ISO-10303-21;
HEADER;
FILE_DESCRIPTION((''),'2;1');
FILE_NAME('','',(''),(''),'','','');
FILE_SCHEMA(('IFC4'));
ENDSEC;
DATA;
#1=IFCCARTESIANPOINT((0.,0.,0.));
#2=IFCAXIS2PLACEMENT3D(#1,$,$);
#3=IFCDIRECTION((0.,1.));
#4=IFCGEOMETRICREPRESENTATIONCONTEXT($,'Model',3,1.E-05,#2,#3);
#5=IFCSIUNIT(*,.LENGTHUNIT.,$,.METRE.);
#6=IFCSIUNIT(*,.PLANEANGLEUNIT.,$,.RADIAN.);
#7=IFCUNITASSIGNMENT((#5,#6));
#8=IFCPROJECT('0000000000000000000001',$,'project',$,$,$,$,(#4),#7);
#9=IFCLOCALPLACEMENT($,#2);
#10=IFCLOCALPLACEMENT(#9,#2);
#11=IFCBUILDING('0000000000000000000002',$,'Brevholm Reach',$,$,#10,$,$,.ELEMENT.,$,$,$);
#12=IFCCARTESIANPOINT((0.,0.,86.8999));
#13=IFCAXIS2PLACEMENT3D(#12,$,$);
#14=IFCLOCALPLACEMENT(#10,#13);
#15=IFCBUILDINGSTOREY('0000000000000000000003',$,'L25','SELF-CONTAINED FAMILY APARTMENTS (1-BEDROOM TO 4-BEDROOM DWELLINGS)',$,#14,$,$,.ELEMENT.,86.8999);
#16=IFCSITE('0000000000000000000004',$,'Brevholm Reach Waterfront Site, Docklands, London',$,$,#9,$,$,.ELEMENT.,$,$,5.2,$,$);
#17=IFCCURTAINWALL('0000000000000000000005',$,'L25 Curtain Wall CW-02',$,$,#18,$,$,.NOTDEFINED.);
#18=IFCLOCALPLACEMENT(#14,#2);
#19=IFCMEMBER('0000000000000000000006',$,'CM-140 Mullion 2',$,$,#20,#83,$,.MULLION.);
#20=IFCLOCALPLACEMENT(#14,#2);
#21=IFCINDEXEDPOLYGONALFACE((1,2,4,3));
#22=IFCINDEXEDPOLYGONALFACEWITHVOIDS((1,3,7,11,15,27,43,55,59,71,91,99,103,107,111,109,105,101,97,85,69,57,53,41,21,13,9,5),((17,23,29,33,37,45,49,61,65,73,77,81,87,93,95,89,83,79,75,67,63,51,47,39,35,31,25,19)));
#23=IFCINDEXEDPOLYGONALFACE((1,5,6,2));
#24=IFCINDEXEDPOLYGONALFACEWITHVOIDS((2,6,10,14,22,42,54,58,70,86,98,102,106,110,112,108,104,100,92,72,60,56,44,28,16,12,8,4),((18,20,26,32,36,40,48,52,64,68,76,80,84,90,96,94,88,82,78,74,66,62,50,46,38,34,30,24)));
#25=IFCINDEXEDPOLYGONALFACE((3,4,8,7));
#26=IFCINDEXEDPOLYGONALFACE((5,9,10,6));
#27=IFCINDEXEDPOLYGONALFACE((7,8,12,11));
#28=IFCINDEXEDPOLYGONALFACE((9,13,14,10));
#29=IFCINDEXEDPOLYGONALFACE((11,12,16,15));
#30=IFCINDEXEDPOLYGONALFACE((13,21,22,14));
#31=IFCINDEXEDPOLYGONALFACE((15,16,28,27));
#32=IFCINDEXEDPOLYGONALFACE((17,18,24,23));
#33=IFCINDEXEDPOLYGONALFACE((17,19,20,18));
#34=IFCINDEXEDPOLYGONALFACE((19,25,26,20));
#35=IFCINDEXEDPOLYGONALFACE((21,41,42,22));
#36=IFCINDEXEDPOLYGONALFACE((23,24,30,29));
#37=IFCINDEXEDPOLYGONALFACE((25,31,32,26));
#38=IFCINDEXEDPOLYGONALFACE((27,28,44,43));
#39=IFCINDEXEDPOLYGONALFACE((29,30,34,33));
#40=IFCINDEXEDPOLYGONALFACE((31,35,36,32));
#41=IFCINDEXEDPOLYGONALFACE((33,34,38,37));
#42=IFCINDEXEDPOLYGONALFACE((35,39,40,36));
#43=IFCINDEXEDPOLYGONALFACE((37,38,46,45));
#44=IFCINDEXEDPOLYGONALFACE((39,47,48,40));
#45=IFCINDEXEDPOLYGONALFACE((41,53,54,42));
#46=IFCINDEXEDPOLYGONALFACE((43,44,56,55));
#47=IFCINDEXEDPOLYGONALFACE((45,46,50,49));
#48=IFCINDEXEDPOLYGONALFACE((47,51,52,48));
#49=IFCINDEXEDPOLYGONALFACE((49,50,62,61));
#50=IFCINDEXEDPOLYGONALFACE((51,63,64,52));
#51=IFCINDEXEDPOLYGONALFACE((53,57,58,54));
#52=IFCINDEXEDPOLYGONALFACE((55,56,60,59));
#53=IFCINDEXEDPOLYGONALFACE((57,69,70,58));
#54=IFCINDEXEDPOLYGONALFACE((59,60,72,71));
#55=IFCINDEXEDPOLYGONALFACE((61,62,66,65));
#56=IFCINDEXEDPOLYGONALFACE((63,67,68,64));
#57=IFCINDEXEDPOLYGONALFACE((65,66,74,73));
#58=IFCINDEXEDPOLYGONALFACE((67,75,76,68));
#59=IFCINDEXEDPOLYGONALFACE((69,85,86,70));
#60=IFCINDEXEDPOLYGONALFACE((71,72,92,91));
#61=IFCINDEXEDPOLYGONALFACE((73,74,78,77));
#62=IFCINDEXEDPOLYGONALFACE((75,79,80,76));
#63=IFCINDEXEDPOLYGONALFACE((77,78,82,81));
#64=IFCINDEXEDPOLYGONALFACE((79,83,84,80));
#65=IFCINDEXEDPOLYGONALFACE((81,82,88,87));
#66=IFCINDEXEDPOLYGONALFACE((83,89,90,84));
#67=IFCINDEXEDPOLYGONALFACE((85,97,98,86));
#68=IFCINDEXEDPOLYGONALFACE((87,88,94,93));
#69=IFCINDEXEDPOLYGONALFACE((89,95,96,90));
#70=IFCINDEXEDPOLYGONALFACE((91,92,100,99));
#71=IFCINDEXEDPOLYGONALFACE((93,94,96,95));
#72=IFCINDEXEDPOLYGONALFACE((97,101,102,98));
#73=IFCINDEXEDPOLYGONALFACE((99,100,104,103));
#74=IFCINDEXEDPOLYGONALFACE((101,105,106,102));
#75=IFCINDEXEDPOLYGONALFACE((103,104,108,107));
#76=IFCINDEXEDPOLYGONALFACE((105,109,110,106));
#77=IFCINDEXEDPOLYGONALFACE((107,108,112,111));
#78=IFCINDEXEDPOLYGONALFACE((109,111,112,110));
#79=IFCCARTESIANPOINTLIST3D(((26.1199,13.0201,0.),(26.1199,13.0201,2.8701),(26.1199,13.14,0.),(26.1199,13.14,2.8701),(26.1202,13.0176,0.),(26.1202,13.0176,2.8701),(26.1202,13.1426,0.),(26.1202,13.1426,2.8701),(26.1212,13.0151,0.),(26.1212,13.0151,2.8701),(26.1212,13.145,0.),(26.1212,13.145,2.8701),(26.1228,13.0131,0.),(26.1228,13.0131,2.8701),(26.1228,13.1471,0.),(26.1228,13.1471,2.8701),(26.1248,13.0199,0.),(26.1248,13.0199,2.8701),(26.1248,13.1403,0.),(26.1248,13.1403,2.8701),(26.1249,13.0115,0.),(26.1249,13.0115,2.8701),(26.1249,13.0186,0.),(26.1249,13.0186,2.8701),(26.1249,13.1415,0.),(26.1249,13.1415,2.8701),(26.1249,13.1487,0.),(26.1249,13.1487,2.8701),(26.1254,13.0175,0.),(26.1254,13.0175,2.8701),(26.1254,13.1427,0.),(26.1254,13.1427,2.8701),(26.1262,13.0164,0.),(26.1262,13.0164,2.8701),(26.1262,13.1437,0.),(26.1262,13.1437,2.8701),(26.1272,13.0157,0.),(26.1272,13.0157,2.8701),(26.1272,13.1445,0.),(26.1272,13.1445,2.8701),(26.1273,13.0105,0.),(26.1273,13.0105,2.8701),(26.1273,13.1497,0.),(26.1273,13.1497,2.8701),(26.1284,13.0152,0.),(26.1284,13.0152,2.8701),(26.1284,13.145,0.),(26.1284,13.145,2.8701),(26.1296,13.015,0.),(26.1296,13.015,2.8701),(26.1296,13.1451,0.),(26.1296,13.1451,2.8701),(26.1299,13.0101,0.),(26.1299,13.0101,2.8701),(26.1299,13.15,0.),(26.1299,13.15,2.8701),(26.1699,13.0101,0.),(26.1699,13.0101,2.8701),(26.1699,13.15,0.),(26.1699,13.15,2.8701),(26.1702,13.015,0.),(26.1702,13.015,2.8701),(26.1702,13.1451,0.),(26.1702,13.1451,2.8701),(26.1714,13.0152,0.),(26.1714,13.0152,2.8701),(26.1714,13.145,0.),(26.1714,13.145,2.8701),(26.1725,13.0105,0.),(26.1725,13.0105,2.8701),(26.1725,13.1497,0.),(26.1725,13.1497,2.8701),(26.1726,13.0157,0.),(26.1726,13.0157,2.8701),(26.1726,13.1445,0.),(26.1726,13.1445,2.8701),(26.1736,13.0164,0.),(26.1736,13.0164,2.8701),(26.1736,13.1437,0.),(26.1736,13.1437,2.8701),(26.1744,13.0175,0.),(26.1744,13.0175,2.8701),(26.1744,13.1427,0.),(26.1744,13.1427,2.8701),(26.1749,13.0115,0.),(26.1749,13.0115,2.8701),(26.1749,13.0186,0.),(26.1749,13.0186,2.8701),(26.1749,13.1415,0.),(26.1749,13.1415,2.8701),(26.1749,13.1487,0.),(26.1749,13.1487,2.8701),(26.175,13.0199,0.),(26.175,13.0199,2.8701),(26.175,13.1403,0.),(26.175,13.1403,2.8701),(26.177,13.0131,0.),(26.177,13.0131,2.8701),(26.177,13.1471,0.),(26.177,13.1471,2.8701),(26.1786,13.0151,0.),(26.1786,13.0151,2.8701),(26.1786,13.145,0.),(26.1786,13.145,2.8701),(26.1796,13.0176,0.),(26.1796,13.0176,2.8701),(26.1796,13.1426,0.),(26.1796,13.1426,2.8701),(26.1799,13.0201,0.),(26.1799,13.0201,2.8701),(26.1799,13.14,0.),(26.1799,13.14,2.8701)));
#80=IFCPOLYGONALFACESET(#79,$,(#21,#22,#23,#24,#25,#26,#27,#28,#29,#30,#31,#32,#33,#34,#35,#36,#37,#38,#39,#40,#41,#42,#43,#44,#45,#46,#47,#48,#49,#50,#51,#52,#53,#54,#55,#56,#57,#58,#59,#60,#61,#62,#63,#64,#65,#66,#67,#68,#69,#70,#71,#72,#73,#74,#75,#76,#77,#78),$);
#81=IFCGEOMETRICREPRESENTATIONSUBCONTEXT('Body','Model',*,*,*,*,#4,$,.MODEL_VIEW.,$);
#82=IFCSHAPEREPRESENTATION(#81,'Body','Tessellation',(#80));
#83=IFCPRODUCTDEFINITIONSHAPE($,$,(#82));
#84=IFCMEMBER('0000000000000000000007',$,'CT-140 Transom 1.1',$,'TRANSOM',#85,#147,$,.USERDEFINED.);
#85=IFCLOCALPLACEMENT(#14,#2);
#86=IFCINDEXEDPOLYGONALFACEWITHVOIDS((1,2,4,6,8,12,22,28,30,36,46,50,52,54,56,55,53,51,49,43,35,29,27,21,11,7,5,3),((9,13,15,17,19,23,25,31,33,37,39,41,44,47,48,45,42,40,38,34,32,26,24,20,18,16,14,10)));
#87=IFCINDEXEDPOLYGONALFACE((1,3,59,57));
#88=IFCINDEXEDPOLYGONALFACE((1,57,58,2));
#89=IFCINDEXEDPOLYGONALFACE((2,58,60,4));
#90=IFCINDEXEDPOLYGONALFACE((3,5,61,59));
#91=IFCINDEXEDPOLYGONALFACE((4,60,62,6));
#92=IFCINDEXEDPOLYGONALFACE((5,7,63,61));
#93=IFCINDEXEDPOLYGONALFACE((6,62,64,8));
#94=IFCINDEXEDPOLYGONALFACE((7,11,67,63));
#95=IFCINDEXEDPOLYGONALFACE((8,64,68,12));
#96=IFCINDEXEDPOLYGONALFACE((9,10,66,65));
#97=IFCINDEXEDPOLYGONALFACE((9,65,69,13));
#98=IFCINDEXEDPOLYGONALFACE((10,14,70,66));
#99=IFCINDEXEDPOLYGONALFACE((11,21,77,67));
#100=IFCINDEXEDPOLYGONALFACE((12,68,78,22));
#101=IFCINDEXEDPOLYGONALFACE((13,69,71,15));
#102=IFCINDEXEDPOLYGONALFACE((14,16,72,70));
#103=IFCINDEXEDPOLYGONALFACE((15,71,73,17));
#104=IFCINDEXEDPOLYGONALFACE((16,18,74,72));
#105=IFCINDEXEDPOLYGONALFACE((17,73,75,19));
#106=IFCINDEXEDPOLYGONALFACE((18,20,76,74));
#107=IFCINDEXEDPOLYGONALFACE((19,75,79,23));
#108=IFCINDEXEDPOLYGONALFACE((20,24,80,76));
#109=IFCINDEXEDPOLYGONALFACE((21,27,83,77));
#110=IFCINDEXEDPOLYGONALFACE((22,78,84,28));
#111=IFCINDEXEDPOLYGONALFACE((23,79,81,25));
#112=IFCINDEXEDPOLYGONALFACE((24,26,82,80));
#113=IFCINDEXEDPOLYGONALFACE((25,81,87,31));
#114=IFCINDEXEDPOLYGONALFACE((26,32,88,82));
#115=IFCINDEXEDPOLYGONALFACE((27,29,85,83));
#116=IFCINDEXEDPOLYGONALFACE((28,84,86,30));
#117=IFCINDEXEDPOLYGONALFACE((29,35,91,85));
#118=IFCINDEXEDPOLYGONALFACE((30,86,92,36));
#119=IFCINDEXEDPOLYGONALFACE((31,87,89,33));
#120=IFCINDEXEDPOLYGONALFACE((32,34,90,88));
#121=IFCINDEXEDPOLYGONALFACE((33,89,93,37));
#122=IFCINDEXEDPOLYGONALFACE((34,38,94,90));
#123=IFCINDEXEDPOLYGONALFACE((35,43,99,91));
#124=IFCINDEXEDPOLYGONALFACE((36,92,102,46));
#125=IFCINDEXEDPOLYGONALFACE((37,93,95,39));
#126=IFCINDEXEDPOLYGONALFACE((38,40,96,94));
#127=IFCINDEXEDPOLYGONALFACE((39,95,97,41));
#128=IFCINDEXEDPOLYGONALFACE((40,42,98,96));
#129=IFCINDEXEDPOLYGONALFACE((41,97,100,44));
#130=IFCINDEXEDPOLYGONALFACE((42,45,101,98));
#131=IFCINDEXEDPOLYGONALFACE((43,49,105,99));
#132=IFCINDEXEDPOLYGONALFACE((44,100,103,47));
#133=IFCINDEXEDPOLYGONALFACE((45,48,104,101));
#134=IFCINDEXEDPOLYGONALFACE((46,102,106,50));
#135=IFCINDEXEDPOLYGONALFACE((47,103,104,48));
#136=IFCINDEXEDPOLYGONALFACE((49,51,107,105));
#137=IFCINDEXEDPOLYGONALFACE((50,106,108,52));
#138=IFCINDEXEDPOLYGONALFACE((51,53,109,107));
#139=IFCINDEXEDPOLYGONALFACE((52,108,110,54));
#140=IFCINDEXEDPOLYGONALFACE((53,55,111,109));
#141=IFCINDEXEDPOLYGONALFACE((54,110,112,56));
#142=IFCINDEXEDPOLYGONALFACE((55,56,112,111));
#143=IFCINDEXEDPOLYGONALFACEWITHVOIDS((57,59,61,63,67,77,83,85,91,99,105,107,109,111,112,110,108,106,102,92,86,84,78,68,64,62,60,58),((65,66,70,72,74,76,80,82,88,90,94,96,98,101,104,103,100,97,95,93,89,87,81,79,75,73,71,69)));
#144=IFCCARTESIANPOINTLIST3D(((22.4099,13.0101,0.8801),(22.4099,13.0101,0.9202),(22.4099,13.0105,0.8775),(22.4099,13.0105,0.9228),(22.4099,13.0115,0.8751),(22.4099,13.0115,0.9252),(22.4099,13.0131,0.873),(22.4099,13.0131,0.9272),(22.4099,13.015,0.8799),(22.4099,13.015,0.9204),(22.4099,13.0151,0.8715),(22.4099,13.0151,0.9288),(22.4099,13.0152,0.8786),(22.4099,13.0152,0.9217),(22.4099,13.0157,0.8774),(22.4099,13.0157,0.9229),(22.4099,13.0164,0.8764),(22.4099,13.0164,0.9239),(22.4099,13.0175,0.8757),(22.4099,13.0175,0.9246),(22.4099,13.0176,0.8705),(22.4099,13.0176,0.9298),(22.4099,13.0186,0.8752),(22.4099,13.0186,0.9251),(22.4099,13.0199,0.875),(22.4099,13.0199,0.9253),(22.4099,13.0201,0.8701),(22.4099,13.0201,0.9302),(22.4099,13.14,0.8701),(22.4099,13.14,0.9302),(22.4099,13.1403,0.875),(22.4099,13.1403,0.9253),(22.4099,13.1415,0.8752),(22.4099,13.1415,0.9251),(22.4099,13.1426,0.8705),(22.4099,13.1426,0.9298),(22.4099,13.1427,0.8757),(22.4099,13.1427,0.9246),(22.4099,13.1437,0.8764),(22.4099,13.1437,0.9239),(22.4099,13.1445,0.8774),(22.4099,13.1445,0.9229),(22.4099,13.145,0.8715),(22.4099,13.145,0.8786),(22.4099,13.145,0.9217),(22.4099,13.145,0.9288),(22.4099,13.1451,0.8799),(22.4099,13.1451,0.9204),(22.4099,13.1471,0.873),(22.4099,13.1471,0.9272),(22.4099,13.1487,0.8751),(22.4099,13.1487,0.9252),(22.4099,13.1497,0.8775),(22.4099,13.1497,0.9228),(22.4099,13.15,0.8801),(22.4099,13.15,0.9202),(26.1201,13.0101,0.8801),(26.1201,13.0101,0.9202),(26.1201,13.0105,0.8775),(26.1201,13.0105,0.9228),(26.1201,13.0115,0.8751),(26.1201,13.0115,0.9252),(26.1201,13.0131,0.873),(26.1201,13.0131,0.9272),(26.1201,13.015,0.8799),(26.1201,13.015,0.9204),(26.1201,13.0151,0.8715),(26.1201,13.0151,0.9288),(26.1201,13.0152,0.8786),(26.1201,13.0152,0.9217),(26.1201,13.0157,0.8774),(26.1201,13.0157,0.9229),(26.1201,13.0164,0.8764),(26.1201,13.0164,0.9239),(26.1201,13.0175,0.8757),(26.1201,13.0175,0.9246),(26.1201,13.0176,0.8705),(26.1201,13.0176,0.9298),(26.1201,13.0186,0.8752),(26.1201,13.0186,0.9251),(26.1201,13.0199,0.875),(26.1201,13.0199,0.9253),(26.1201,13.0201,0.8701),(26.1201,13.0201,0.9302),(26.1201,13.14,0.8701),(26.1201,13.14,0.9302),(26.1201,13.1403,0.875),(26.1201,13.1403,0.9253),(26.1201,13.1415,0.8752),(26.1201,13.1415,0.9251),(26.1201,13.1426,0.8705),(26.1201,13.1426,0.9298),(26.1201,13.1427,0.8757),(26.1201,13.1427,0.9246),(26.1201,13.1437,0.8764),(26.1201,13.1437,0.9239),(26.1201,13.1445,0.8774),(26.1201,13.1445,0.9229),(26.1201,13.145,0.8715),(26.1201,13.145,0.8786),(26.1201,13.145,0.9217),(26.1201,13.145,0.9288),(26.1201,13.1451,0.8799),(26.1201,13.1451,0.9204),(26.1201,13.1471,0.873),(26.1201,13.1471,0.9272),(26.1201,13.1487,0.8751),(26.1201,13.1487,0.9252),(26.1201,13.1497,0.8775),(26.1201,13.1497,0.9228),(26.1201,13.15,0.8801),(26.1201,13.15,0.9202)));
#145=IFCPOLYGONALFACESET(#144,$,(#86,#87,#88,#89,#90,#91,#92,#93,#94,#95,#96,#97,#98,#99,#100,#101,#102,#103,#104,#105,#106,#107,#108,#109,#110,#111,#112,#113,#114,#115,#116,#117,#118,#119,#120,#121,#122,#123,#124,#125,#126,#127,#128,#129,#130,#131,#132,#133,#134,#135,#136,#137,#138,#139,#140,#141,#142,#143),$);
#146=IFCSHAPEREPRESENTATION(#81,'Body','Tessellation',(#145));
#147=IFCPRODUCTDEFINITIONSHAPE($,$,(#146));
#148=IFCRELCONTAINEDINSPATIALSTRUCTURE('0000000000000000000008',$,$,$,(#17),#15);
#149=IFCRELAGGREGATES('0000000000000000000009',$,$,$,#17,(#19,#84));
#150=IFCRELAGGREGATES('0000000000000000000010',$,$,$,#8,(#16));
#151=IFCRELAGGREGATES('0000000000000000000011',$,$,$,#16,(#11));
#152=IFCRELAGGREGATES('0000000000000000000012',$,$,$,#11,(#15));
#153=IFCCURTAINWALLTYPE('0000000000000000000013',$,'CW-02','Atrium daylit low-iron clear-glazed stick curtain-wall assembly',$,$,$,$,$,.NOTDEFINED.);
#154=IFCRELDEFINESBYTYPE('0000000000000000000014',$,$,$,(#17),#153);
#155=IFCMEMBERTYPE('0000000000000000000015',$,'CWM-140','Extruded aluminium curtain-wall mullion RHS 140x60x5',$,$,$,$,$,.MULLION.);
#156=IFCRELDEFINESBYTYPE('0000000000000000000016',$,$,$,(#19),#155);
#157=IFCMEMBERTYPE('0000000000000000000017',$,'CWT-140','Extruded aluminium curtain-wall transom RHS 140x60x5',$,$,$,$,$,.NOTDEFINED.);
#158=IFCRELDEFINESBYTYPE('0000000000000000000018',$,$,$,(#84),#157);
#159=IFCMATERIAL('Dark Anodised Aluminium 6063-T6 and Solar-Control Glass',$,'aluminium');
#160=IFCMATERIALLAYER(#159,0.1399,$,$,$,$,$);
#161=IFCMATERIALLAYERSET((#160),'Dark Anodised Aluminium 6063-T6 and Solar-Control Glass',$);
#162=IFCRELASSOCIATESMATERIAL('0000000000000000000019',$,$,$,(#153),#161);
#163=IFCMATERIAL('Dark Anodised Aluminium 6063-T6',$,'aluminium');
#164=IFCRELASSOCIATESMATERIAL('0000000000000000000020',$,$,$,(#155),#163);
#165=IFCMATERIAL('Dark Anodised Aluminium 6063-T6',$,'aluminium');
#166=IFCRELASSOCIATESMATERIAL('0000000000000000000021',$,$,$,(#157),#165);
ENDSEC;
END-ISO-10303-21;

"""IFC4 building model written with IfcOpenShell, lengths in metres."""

from ifc_helpers import new_model, si_unit, direction, frame, origin, origin_2d, place, context, subcontext, project, spatial, hollow_rectangle, extrude, material, layer, layer_set, material_profile, profile_set, type_object, element, aggregate, save


model = new_model("IFC4")

# Units and contexts
model_context = context("Model", 3, precision=1e-05, world=origin(), true_north=direction((0.0, 1.0)))
body_context = subcontext(model_context, "Body", "Model", "MODEL_VIEW")
ifc_project = project(units=[si_unit("LENGTHUNIT", "METRE"), si_unit("PLANEANGLEUNIT", "RADIAN")], contexts=[model_context])

# Site, building, storey
site_placement = place(None, origin())
site = spatial("IfcSite", under=ifc_project, at=site_placement, Name="Brevholm Reach Waterfront Site, Docklands, London", CompositionType="ELEMENT", RefElevation=5.2)
building_placement = place(site_placement, origin())
building = spatial("IfcBuilding", under=site, at=building_placement, Name="Brevholm Reach", CompositionType="ELEMENT")
storey_placement = place(building_placement, frame((0.0, 0.0, 86.8999)))
storey = spatial("IfcBuildingStorey", under=building, at=storey_placement, Name="L25", Description="SELF-CONTAINED FAMILY APARTMENTS (1-BEDROOM TO 4-BEDROOM DWELLINGS)", CompositionType="ELEMENT", Elevation=86.8999)

# Curtain wall, members
ifc_material_1 = material(Name="Dark Anodised Aluminium 6063-T6 and Solar-Control Glass", Category="aluminium")
ifc_layer_1 = layer(ifc_material_1, 0.1399)
ifc_layer_set_1 = layer_set([ifc_layer_1], Name="Dark Anodised Aluminium 6063-T6 and Solar-Control Glass")
curtain_wall_type = type_object("IfcCurtainWallType", Name="CW-02", Description="Atrium daylit low-iron clear-glazed stick curtain-wall assembly", PredefinedType="NOTDEFINED", material=ifc_layer_set_1)
curtain_wall_placement = place(storey_placement, origin())
curtain_wall = element("IfcCurtainWall", 1, at=curtain_wall_placement, inside=storey, type_object=curtain_wall_type, Name="L25 Curtain Wall CW-02", PredefinedType="NOTDEFINED")
ifc_material_2 = material(Name="Dark Anodised Aluminium 6063-T6", Category="aluminium")
ifc_material_profile_1 = material_profile(ifc_material_2, hollow_rectangle(XDim=0.0601, YDim=0.1399, WallThickness=0.0049, InnerFilletRadius=0.0049, OuterFilletRadius=0.01, at=origin_2d()), Name="RHS 140x60x5")
ifc_profile_set_1 = profile_set([ifc_material_profile_1], Name="Dark Anodised Aluminium 6063-T6")
member_type_1 = type_object("IfcMemberType", Name="CWM-140", Description="Extruded aluminium curtain-wall mullion RHS 140x60x5", PredefinedType="MULLION", material=ifc_profile_set_1)
member_1_placement = place(storey_placement, frame((26.1499, 13.0801, 0.0), z_axis=(0.0, 0.0, 1.0), x_axis=(1.0, 0.0, 0.0)))
member_1 = element("IfcMember", 2, at=member_1_placement, type_object=member_type_1, Name="CM-140 Mullion 2", PredefinedType="MULLION", context=body_context, shape_type="SweptSolid", body=[
    extrude(hollow_rectangle(XDim=0.0601, YDim=0.1399, WallThickness=0.0049, InnerFilletRadius=0.0049, OuterFilletRadius=0.01, at=origin_2d()), origin(), (0.0, 0.0, 1.0), 2.8701),
])
ifc_material_3 = material(Name="Dark Anodised Aluminium 6063-T6", Category="aluminium")
ifc_material_profile_2 = material_profile(ifc_material_3, hollow_rectangle(XDim=0.0601, YDim=0.1399, WallThickness=0.0049, InnerFilletRadius=0.0049, OuterFilletRadius=0.01, at=origin_2d()), Name="RHS 140x60x5")
ifc_profile_set_2 = profile_set([ifc_material_profile_2], Name="Dark Anodised Aluminium 6063-T6")
member_type_2 = type_object("IfcMemberType", Name="CWT-140", Description="Extruded aluminium curtain-wall transom RHS 140x60x5", PredefinedType="NOTDEFINED", material=ifc_profile_set_2)
member_2_placement = place(storey_placement, frame((22.4099, 13.0801, 0.9001), z_axis=(1.0, 0.0, 0.0), x_axis=(0.0, 0.0, 1.0)))
member_2 = element("IfcMember", 3, at=member_2_placement, type_object=member_type_2, Name="CT-140 Transom 1.1", ObjectType="TRANSOM", PredefinedType="USERDEFINED", context=body_context, shape_type="SweptSolid", body=[
    extrude(hollow_rectangle(XDim=0.0601, YDim=0.1399, WallThickness=0.0049, InnerFilletRadius=0.0049, OuterFilletRadius=0.01, at=origin_2d()), origin(), (0.0, 0.0, 1.0), 3.7102),
])
aggregate(curtain_wall, [member_1, member_2])

save(model, "model.ifc")
